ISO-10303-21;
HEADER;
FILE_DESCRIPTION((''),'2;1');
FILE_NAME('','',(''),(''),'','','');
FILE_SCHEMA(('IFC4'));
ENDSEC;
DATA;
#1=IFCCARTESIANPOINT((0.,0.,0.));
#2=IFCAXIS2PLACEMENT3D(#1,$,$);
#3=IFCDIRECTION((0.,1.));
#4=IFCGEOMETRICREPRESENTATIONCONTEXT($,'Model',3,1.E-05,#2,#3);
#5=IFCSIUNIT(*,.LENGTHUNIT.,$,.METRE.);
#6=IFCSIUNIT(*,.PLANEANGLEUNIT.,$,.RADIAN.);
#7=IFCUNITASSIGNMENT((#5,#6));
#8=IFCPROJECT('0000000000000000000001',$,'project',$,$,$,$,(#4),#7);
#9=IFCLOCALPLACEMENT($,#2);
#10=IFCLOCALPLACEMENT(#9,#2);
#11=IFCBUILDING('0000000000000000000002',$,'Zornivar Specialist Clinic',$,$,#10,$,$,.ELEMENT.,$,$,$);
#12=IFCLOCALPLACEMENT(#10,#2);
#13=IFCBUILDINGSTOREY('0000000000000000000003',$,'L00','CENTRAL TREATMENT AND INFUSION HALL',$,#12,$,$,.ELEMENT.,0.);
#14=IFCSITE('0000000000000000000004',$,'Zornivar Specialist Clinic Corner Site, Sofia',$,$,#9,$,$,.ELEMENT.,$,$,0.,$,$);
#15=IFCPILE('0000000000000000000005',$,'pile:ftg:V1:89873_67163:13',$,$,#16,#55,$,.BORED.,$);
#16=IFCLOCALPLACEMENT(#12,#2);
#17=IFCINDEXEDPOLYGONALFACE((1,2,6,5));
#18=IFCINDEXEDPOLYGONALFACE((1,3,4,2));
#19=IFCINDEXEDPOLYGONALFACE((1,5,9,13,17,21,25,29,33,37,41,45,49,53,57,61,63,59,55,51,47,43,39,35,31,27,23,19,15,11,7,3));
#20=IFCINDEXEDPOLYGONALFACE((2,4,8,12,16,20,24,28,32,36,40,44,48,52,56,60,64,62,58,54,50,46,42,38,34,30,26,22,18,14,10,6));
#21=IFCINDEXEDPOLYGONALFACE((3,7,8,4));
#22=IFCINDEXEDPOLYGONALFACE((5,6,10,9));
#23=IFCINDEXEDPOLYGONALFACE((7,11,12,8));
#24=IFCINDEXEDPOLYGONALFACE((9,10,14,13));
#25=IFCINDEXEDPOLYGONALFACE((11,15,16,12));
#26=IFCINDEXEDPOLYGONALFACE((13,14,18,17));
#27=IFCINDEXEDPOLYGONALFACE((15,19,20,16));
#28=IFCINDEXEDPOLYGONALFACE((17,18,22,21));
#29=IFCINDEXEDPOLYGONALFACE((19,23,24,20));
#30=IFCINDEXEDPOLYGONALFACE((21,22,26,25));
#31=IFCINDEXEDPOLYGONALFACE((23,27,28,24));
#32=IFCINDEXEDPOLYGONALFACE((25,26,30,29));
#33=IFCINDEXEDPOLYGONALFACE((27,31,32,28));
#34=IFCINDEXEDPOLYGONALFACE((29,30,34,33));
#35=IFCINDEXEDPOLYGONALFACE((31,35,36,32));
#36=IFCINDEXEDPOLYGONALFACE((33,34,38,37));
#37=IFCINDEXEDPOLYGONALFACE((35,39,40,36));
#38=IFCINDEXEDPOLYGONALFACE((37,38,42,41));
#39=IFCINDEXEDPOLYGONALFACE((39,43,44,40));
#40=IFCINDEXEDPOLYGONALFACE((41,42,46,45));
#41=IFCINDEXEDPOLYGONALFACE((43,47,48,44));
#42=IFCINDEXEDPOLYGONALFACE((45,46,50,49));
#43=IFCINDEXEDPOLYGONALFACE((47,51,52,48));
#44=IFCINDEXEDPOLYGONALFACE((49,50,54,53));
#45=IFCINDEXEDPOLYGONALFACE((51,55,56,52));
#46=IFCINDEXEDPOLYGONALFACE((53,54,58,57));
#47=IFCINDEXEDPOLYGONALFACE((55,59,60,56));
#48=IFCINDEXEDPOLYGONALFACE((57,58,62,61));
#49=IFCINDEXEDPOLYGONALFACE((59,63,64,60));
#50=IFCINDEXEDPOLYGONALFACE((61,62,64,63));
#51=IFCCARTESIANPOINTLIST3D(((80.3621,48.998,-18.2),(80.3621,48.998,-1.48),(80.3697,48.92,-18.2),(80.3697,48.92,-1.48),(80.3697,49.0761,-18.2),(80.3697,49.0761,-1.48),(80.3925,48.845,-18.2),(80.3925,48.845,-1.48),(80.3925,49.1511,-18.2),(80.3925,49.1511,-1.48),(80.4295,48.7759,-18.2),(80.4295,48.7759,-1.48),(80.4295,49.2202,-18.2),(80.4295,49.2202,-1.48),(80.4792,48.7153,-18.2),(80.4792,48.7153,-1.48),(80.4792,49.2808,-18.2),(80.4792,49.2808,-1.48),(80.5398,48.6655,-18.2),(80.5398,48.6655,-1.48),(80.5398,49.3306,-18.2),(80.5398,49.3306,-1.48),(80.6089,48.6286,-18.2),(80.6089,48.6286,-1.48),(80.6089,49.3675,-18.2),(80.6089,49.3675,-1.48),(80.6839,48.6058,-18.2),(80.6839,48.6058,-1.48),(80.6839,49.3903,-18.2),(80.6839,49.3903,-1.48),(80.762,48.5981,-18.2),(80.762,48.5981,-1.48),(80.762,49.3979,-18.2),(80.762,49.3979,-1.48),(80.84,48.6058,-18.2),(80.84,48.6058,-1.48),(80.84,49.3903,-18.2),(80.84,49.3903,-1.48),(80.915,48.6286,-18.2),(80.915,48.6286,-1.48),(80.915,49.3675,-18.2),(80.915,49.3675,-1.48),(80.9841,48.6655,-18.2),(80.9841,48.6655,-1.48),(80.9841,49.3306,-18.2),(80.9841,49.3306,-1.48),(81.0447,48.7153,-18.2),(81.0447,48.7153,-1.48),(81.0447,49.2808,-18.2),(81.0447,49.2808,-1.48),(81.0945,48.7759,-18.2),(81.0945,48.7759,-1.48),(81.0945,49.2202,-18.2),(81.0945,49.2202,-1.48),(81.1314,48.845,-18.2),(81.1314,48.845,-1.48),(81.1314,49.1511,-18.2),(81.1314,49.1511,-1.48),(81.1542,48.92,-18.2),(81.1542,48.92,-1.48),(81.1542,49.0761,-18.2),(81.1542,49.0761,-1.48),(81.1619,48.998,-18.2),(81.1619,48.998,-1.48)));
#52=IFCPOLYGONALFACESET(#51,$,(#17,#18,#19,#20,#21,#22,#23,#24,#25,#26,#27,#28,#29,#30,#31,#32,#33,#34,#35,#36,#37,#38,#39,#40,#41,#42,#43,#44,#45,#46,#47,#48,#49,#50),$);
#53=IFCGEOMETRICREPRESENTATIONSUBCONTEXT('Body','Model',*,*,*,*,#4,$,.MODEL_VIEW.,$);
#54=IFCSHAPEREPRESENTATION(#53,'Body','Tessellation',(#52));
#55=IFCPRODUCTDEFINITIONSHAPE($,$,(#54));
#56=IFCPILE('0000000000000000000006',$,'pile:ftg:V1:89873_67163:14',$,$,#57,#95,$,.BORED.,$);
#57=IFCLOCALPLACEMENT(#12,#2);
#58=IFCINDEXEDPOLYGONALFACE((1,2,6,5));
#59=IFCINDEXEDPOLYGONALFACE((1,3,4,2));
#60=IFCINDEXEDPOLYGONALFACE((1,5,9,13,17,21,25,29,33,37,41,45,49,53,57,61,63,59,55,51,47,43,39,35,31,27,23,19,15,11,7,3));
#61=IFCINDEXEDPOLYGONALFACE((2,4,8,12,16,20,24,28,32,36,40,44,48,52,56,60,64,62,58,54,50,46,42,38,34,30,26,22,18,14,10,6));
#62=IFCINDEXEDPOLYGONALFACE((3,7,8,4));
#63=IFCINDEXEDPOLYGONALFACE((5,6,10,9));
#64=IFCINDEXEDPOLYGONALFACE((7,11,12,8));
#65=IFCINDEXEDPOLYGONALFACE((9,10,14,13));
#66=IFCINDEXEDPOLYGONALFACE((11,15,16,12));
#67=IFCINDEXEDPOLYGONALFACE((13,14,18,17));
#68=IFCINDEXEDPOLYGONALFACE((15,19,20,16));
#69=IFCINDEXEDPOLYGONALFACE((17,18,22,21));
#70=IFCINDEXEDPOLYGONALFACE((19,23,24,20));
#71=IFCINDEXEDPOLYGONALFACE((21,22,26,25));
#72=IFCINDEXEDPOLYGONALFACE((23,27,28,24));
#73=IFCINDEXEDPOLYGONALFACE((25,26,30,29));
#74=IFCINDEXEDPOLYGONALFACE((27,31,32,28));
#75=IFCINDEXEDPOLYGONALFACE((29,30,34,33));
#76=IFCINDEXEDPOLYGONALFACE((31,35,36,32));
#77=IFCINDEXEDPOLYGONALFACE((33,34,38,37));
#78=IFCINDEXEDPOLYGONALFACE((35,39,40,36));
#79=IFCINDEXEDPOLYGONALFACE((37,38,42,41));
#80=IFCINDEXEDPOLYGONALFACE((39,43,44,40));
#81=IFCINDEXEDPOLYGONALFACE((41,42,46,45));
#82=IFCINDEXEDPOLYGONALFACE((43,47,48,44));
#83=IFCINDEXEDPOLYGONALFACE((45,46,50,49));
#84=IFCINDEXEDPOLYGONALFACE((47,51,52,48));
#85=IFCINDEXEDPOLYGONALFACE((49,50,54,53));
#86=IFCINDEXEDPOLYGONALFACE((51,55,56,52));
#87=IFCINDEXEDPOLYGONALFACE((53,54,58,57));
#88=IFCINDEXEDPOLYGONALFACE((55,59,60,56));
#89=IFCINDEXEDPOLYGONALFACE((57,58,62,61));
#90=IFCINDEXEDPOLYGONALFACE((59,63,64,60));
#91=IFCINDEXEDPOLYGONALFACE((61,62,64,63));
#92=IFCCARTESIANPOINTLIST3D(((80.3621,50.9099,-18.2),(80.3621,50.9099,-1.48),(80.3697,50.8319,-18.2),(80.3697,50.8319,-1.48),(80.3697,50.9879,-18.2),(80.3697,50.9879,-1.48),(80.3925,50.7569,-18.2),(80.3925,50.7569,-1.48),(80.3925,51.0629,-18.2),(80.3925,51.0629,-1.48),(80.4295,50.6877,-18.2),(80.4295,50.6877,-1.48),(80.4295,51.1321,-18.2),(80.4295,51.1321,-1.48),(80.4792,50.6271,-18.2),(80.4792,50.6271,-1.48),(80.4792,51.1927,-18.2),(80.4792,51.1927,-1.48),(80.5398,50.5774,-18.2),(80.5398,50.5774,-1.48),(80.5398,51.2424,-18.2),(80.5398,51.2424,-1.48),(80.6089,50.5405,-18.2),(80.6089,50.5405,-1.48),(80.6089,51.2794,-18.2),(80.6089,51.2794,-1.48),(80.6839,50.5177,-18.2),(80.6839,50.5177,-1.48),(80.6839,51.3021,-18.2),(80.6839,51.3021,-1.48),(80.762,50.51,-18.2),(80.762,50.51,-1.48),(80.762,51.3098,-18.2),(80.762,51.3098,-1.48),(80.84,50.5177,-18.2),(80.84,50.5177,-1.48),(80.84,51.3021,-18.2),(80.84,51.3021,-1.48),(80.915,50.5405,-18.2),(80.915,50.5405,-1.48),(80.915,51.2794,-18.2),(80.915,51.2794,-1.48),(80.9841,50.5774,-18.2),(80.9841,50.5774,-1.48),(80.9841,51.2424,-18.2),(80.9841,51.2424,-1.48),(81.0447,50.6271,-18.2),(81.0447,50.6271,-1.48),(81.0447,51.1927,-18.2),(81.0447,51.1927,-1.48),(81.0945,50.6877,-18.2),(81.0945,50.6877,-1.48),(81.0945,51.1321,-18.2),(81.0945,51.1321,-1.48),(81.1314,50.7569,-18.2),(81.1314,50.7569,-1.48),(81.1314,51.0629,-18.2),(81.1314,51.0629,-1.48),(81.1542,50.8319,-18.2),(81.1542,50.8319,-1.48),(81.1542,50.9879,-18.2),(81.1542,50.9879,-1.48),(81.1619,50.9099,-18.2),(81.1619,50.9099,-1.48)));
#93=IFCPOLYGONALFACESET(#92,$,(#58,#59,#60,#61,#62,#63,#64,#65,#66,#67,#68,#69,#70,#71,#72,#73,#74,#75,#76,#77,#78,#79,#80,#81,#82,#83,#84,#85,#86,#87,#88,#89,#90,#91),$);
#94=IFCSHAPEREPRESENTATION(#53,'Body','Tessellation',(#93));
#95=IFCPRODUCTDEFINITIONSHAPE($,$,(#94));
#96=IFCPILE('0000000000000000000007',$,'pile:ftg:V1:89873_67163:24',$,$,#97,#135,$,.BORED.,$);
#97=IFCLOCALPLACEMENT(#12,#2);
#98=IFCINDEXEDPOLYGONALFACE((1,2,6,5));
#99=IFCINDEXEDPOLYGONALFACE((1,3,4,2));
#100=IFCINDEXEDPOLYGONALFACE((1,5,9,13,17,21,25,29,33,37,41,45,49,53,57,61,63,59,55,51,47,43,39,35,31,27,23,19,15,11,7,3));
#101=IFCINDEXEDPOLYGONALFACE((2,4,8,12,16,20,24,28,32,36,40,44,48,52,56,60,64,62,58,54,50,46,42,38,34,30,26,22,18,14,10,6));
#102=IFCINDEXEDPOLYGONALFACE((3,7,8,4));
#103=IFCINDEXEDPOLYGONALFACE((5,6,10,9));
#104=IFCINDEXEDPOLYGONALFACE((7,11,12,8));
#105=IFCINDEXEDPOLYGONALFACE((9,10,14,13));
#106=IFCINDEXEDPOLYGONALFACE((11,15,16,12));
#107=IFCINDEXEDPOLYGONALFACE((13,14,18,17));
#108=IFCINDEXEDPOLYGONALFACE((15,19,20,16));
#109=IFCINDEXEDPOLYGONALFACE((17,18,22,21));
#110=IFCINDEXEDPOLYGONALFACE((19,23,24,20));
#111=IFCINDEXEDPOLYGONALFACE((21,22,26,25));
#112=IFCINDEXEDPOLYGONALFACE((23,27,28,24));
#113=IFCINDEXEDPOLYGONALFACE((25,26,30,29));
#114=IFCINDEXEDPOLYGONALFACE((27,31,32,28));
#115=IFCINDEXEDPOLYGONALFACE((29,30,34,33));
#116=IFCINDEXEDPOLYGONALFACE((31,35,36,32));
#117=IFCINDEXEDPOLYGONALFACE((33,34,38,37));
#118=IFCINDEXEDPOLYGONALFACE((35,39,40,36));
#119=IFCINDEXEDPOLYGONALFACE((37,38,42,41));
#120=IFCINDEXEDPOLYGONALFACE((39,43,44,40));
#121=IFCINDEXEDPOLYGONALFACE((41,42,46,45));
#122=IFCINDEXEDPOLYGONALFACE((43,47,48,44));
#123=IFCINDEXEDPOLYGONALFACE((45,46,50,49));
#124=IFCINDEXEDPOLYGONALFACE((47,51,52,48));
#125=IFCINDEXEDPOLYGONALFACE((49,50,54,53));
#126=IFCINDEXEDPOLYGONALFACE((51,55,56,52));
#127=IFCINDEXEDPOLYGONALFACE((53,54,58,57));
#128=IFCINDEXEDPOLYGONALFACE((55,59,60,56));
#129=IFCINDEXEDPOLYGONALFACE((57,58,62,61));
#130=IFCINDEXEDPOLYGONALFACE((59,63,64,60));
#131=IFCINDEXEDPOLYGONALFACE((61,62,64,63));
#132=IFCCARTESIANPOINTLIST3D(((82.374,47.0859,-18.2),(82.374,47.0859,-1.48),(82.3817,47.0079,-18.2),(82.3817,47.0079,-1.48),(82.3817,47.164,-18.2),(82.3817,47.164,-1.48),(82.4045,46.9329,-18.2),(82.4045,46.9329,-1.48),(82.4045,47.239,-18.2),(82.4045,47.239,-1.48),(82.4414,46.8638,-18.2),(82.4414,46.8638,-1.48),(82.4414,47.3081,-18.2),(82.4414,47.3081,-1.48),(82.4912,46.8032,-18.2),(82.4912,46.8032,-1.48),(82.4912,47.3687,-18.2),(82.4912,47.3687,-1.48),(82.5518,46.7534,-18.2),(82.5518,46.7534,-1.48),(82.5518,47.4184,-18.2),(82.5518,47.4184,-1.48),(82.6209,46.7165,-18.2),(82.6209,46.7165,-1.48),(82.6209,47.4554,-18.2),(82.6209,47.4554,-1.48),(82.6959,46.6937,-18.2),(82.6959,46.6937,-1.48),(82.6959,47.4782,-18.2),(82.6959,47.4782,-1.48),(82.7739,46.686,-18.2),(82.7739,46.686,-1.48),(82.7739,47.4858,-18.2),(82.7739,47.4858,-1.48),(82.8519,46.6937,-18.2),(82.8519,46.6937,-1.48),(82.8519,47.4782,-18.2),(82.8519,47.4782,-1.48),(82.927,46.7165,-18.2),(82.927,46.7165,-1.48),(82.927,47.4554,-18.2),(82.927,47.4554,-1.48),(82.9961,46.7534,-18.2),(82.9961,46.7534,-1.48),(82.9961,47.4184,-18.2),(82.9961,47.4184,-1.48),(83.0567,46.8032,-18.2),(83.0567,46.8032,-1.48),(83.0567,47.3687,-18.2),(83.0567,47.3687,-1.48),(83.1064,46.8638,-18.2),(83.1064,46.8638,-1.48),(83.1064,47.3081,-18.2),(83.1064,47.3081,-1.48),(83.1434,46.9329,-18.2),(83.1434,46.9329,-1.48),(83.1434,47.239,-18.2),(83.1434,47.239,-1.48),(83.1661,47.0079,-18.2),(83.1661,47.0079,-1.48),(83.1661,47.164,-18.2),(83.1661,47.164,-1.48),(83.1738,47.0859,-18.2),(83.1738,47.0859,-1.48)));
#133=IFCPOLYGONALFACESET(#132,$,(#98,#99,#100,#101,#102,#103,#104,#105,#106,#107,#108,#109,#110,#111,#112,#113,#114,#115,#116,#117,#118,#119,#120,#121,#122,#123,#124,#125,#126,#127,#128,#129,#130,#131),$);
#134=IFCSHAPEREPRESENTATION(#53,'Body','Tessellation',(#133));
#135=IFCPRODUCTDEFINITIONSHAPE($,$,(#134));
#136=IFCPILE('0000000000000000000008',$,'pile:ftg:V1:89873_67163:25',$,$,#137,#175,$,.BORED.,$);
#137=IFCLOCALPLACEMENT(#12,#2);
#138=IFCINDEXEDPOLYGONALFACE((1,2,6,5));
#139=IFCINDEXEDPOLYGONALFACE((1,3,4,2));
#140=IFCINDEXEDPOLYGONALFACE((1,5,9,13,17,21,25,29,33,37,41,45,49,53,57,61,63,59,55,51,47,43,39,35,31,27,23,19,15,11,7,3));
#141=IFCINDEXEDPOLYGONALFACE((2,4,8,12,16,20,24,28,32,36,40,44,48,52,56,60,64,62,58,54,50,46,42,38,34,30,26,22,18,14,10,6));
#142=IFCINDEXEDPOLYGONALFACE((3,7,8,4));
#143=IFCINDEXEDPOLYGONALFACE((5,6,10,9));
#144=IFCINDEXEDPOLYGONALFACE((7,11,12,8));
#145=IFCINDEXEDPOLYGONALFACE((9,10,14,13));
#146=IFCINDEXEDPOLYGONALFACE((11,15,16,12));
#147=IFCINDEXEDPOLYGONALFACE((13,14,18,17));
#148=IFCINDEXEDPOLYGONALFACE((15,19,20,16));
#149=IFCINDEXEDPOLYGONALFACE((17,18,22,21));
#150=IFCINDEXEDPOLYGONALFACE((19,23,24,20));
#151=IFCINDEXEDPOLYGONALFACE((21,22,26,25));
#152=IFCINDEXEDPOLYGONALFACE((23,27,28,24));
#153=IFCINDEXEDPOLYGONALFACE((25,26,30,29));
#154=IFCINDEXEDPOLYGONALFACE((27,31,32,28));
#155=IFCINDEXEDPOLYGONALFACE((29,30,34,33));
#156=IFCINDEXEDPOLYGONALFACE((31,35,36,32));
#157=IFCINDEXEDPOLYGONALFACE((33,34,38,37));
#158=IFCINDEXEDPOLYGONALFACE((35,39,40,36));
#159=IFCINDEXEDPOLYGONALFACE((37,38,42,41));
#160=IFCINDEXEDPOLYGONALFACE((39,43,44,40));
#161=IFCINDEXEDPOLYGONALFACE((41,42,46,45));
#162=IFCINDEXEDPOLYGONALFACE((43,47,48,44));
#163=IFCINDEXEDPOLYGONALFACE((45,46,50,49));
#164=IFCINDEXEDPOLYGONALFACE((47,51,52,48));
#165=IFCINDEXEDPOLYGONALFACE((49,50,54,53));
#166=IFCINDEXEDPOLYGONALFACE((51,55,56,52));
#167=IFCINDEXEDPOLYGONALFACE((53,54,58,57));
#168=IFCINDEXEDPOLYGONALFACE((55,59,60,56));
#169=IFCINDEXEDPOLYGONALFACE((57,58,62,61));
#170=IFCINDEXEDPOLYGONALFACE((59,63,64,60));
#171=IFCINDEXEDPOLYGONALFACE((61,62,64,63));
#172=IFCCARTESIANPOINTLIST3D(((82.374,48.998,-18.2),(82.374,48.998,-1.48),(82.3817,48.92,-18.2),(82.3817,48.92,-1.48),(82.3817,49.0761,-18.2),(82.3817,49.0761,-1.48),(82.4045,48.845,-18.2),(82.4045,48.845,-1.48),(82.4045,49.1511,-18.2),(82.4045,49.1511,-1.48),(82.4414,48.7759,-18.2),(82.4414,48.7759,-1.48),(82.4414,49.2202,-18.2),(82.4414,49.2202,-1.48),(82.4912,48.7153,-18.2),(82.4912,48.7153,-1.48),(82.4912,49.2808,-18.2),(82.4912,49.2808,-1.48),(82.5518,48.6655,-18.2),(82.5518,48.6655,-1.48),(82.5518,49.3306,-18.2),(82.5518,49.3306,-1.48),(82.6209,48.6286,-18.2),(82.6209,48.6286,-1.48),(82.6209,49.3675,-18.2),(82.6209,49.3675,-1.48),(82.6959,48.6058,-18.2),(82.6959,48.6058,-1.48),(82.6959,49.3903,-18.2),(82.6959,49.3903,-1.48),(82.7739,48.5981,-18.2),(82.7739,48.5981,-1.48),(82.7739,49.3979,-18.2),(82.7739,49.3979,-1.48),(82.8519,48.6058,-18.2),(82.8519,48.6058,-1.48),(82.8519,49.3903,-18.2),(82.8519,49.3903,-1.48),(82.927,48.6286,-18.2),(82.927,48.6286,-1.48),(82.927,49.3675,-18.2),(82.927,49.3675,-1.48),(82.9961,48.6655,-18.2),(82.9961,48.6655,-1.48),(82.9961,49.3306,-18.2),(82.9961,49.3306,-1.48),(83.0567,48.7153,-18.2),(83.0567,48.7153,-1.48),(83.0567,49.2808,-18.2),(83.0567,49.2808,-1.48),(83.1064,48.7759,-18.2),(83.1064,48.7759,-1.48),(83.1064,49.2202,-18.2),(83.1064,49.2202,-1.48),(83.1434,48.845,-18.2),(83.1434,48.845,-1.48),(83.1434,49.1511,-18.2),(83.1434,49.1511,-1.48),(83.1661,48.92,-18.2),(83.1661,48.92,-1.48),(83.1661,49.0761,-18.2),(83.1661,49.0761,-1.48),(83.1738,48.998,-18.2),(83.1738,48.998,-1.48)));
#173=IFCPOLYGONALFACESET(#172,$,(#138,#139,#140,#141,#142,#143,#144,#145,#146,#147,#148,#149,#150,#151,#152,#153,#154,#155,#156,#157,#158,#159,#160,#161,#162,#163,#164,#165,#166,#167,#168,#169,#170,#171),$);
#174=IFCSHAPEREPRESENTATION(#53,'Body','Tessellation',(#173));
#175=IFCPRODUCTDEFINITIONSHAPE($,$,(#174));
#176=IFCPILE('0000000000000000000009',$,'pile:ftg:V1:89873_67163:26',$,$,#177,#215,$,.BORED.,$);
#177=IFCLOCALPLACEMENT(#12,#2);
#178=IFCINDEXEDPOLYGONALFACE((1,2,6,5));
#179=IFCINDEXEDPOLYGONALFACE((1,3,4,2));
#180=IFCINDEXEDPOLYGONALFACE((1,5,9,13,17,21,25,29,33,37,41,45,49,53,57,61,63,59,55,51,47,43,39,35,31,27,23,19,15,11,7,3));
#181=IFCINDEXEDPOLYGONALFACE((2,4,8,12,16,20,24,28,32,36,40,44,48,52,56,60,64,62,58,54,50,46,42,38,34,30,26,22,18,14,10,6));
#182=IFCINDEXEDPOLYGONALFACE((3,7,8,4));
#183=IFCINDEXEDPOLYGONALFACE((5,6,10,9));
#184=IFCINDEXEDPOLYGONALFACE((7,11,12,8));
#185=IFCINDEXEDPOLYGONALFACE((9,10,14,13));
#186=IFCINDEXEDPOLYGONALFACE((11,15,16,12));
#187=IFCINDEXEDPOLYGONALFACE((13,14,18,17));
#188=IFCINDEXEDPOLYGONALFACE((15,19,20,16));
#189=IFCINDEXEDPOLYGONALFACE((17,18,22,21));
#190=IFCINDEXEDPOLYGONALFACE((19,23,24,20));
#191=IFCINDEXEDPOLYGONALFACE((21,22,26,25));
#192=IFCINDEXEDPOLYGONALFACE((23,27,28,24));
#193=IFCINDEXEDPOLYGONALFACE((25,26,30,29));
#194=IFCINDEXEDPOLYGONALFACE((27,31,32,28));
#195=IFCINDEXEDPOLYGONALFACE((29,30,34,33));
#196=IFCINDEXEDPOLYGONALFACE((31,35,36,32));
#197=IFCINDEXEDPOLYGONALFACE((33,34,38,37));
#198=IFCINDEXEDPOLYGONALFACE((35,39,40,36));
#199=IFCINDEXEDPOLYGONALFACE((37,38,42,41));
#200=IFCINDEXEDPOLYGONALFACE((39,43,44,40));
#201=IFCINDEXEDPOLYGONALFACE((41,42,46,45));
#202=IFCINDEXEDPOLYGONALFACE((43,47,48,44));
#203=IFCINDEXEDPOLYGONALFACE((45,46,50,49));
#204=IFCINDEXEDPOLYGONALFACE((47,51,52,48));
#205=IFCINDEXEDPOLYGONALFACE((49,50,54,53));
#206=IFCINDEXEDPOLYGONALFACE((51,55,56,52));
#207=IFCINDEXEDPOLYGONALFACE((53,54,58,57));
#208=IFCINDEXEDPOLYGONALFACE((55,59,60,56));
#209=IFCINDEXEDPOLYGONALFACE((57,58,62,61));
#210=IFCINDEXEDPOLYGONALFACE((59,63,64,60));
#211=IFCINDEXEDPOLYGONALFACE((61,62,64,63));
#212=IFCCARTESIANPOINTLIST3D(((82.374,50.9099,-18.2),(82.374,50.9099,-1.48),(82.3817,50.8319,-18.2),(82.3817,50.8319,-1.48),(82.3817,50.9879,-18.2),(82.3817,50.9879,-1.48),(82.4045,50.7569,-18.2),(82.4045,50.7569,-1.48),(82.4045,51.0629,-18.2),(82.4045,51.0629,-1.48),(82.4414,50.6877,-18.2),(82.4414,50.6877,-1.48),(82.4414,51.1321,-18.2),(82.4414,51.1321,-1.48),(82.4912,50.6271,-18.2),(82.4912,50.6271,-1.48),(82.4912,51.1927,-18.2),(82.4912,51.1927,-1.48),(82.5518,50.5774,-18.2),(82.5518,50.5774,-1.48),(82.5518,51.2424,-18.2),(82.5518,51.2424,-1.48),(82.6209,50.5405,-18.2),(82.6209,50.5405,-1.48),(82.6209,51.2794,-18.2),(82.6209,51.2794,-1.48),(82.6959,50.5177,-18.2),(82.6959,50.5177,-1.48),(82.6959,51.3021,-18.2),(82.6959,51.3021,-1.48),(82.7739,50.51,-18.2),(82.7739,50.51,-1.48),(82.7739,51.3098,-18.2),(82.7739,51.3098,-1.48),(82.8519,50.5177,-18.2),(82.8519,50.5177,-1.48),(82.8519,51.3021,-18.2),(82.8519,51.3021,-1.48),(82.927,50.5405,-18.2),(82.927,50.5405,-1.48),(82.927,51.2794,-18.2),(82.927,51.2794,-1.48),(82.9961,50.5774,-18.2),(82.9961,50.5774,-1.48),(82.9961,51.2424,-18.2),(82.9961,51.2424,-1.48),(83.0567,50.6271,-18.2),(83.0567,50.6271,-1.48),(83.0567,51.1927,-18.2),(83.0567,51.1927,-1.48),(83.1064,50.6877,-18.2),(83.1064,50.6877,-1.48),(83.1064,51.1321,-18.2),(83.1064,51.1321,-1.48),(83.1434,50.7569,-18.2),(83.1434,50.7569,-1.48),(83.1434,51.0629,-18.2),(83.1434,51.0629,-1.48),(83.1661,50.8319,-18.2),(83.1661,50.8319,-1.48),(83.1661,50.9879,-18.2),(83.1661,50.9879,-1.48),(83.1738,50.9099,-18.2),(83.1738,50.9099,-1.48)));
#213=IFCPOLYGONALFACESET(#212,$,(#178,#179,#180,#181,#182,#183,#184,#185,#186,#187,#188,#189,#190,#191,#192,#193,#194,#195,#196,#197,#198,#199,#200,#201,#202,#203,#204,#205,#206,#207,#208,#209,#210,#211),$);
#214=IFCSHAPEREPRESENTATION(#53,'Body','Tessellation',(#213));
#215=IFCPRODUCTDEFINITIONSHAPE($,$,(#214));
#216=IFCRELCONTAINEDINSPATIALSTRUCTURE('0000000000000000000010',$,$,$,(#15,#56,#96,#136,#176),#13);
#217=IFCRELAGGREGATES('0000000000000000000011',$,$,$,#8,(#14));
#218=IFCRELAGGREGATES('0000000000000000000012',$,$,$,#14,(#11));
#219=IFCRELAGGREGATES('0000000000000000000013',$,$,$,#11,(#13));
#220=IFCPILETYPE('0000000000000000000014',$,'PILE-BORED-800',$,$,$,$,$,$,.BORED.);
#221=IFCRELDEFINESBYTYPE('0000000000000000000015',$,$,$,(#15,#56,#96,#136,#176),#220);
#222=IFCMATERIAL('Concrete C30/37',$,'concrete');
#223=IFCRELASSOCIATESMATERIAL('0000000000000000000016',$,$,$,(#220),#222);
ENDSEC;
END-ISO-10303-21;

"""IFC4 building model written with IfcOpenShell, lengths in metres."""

from ifc_helpers import new_model, si_unit, direction, frame, origin, origin_2d, place, context, subcontext, project, spatial, circle, extrude, material, material_profile, profile_set, type_object, element, save


model = new_model("IFC4")

# Units and contexts
model_context = context("Model", 3, precision=1e-05, world=origin(), true_north=direction((0.0, 1.0)))
body_context = subcontext(model_context, "Body", "Model", "MODEL_VIEW")
ifc_project = project(units=[si_unit("LENGTHUNIT", "METRE"), si_unit("PLANEANGLEUNIT", "RADIAN")], contexts=[model_context])

# Site, building, storey
site_placement = place(None, origin())
site = spatial("IfcSite", under=ifc_project, at=site_placement, Name="Zornivar Specialist Clinic Corner Site, Sofia", CompositionType="ELEMENT", RefElevation=0.0)
building_placement = place(site_placement, origin())
building = spatial("IfcBuilding", under=site, at=building_placement, Name="Zornivar Specialist Clinic", CompositionType="ELEMENT")
storey_placement = place(building_placement, origin())
storey = spatial("IfcBuildingStorey", under=building, at=storey_placement, Name="L00", Description="CENTRAL TREATMENT AND INFUSION HALL", CompositionType="ELEMENT", Elevation=0.0)

# Piles
ifc_material_1 = material(Name="Concrete C30/37", Category="concrete")
ifc_material_profile_1 = material_profile(ifc_material_1, circle(Radius=0.3999, at=origin_2d()), Name="PILE D800")
ifc_profile_set_1 = profile_set([ifc_material_profile_1], Name="Concrete C30/37")
pile_type = type_object("IfcPileType", Name="PILE-BORED-800", PredefinedType="BORED", material=ifc_profile_set_1)
for number, where, z_axis, x_axis, name in (
    (1, (80.762, 48.998, -1.48), (0.0, 0.0, -1.0), (1.0, 0.0, 0.0), "pile:ftg:V1:89873_67163:13"),
    (2, (80.762, 50.9099, -1.48), (0.0, 0.0, -1.0), (1.0, 0.0, 0.0), "pile:ftg:V1:89873_67163:14"),
    (3, (82.7739, 47.0859, -1.48), (0.0, 0.0, -1.0), (1.0, 0.0, 0.0), "pile:ftg:V1:89873_67163:24"),
    (4, (82.7739, 48.998, -1.48), (0.0, 0.0, -1.0), (1.0, 0.0, 0.0), "pile:ftg:V1:89873_67163:25"),
    (5, (82.7739, 50.9099, -1.48), (0.0, 0.0, -1.0), (1.0, 0.0, 0.0), "pile:ftg:V1:89873_67163:26"),
):
    element("IfcPile", number, at=place(storey_placement, frame(where, z_axis=z_axis, x_axis=x_axis)), inside=storey, type_object=pile_type, Name=name, PredefinedType="BORED", context=body_context, shape_type="SweptSolid", body=[
        extrude(circle(Radius=0.3999, at=origin_2d()), origin(), (0.0, 0.0, 1.0), 16.72),
    ])

save(model, "model.ifc")
